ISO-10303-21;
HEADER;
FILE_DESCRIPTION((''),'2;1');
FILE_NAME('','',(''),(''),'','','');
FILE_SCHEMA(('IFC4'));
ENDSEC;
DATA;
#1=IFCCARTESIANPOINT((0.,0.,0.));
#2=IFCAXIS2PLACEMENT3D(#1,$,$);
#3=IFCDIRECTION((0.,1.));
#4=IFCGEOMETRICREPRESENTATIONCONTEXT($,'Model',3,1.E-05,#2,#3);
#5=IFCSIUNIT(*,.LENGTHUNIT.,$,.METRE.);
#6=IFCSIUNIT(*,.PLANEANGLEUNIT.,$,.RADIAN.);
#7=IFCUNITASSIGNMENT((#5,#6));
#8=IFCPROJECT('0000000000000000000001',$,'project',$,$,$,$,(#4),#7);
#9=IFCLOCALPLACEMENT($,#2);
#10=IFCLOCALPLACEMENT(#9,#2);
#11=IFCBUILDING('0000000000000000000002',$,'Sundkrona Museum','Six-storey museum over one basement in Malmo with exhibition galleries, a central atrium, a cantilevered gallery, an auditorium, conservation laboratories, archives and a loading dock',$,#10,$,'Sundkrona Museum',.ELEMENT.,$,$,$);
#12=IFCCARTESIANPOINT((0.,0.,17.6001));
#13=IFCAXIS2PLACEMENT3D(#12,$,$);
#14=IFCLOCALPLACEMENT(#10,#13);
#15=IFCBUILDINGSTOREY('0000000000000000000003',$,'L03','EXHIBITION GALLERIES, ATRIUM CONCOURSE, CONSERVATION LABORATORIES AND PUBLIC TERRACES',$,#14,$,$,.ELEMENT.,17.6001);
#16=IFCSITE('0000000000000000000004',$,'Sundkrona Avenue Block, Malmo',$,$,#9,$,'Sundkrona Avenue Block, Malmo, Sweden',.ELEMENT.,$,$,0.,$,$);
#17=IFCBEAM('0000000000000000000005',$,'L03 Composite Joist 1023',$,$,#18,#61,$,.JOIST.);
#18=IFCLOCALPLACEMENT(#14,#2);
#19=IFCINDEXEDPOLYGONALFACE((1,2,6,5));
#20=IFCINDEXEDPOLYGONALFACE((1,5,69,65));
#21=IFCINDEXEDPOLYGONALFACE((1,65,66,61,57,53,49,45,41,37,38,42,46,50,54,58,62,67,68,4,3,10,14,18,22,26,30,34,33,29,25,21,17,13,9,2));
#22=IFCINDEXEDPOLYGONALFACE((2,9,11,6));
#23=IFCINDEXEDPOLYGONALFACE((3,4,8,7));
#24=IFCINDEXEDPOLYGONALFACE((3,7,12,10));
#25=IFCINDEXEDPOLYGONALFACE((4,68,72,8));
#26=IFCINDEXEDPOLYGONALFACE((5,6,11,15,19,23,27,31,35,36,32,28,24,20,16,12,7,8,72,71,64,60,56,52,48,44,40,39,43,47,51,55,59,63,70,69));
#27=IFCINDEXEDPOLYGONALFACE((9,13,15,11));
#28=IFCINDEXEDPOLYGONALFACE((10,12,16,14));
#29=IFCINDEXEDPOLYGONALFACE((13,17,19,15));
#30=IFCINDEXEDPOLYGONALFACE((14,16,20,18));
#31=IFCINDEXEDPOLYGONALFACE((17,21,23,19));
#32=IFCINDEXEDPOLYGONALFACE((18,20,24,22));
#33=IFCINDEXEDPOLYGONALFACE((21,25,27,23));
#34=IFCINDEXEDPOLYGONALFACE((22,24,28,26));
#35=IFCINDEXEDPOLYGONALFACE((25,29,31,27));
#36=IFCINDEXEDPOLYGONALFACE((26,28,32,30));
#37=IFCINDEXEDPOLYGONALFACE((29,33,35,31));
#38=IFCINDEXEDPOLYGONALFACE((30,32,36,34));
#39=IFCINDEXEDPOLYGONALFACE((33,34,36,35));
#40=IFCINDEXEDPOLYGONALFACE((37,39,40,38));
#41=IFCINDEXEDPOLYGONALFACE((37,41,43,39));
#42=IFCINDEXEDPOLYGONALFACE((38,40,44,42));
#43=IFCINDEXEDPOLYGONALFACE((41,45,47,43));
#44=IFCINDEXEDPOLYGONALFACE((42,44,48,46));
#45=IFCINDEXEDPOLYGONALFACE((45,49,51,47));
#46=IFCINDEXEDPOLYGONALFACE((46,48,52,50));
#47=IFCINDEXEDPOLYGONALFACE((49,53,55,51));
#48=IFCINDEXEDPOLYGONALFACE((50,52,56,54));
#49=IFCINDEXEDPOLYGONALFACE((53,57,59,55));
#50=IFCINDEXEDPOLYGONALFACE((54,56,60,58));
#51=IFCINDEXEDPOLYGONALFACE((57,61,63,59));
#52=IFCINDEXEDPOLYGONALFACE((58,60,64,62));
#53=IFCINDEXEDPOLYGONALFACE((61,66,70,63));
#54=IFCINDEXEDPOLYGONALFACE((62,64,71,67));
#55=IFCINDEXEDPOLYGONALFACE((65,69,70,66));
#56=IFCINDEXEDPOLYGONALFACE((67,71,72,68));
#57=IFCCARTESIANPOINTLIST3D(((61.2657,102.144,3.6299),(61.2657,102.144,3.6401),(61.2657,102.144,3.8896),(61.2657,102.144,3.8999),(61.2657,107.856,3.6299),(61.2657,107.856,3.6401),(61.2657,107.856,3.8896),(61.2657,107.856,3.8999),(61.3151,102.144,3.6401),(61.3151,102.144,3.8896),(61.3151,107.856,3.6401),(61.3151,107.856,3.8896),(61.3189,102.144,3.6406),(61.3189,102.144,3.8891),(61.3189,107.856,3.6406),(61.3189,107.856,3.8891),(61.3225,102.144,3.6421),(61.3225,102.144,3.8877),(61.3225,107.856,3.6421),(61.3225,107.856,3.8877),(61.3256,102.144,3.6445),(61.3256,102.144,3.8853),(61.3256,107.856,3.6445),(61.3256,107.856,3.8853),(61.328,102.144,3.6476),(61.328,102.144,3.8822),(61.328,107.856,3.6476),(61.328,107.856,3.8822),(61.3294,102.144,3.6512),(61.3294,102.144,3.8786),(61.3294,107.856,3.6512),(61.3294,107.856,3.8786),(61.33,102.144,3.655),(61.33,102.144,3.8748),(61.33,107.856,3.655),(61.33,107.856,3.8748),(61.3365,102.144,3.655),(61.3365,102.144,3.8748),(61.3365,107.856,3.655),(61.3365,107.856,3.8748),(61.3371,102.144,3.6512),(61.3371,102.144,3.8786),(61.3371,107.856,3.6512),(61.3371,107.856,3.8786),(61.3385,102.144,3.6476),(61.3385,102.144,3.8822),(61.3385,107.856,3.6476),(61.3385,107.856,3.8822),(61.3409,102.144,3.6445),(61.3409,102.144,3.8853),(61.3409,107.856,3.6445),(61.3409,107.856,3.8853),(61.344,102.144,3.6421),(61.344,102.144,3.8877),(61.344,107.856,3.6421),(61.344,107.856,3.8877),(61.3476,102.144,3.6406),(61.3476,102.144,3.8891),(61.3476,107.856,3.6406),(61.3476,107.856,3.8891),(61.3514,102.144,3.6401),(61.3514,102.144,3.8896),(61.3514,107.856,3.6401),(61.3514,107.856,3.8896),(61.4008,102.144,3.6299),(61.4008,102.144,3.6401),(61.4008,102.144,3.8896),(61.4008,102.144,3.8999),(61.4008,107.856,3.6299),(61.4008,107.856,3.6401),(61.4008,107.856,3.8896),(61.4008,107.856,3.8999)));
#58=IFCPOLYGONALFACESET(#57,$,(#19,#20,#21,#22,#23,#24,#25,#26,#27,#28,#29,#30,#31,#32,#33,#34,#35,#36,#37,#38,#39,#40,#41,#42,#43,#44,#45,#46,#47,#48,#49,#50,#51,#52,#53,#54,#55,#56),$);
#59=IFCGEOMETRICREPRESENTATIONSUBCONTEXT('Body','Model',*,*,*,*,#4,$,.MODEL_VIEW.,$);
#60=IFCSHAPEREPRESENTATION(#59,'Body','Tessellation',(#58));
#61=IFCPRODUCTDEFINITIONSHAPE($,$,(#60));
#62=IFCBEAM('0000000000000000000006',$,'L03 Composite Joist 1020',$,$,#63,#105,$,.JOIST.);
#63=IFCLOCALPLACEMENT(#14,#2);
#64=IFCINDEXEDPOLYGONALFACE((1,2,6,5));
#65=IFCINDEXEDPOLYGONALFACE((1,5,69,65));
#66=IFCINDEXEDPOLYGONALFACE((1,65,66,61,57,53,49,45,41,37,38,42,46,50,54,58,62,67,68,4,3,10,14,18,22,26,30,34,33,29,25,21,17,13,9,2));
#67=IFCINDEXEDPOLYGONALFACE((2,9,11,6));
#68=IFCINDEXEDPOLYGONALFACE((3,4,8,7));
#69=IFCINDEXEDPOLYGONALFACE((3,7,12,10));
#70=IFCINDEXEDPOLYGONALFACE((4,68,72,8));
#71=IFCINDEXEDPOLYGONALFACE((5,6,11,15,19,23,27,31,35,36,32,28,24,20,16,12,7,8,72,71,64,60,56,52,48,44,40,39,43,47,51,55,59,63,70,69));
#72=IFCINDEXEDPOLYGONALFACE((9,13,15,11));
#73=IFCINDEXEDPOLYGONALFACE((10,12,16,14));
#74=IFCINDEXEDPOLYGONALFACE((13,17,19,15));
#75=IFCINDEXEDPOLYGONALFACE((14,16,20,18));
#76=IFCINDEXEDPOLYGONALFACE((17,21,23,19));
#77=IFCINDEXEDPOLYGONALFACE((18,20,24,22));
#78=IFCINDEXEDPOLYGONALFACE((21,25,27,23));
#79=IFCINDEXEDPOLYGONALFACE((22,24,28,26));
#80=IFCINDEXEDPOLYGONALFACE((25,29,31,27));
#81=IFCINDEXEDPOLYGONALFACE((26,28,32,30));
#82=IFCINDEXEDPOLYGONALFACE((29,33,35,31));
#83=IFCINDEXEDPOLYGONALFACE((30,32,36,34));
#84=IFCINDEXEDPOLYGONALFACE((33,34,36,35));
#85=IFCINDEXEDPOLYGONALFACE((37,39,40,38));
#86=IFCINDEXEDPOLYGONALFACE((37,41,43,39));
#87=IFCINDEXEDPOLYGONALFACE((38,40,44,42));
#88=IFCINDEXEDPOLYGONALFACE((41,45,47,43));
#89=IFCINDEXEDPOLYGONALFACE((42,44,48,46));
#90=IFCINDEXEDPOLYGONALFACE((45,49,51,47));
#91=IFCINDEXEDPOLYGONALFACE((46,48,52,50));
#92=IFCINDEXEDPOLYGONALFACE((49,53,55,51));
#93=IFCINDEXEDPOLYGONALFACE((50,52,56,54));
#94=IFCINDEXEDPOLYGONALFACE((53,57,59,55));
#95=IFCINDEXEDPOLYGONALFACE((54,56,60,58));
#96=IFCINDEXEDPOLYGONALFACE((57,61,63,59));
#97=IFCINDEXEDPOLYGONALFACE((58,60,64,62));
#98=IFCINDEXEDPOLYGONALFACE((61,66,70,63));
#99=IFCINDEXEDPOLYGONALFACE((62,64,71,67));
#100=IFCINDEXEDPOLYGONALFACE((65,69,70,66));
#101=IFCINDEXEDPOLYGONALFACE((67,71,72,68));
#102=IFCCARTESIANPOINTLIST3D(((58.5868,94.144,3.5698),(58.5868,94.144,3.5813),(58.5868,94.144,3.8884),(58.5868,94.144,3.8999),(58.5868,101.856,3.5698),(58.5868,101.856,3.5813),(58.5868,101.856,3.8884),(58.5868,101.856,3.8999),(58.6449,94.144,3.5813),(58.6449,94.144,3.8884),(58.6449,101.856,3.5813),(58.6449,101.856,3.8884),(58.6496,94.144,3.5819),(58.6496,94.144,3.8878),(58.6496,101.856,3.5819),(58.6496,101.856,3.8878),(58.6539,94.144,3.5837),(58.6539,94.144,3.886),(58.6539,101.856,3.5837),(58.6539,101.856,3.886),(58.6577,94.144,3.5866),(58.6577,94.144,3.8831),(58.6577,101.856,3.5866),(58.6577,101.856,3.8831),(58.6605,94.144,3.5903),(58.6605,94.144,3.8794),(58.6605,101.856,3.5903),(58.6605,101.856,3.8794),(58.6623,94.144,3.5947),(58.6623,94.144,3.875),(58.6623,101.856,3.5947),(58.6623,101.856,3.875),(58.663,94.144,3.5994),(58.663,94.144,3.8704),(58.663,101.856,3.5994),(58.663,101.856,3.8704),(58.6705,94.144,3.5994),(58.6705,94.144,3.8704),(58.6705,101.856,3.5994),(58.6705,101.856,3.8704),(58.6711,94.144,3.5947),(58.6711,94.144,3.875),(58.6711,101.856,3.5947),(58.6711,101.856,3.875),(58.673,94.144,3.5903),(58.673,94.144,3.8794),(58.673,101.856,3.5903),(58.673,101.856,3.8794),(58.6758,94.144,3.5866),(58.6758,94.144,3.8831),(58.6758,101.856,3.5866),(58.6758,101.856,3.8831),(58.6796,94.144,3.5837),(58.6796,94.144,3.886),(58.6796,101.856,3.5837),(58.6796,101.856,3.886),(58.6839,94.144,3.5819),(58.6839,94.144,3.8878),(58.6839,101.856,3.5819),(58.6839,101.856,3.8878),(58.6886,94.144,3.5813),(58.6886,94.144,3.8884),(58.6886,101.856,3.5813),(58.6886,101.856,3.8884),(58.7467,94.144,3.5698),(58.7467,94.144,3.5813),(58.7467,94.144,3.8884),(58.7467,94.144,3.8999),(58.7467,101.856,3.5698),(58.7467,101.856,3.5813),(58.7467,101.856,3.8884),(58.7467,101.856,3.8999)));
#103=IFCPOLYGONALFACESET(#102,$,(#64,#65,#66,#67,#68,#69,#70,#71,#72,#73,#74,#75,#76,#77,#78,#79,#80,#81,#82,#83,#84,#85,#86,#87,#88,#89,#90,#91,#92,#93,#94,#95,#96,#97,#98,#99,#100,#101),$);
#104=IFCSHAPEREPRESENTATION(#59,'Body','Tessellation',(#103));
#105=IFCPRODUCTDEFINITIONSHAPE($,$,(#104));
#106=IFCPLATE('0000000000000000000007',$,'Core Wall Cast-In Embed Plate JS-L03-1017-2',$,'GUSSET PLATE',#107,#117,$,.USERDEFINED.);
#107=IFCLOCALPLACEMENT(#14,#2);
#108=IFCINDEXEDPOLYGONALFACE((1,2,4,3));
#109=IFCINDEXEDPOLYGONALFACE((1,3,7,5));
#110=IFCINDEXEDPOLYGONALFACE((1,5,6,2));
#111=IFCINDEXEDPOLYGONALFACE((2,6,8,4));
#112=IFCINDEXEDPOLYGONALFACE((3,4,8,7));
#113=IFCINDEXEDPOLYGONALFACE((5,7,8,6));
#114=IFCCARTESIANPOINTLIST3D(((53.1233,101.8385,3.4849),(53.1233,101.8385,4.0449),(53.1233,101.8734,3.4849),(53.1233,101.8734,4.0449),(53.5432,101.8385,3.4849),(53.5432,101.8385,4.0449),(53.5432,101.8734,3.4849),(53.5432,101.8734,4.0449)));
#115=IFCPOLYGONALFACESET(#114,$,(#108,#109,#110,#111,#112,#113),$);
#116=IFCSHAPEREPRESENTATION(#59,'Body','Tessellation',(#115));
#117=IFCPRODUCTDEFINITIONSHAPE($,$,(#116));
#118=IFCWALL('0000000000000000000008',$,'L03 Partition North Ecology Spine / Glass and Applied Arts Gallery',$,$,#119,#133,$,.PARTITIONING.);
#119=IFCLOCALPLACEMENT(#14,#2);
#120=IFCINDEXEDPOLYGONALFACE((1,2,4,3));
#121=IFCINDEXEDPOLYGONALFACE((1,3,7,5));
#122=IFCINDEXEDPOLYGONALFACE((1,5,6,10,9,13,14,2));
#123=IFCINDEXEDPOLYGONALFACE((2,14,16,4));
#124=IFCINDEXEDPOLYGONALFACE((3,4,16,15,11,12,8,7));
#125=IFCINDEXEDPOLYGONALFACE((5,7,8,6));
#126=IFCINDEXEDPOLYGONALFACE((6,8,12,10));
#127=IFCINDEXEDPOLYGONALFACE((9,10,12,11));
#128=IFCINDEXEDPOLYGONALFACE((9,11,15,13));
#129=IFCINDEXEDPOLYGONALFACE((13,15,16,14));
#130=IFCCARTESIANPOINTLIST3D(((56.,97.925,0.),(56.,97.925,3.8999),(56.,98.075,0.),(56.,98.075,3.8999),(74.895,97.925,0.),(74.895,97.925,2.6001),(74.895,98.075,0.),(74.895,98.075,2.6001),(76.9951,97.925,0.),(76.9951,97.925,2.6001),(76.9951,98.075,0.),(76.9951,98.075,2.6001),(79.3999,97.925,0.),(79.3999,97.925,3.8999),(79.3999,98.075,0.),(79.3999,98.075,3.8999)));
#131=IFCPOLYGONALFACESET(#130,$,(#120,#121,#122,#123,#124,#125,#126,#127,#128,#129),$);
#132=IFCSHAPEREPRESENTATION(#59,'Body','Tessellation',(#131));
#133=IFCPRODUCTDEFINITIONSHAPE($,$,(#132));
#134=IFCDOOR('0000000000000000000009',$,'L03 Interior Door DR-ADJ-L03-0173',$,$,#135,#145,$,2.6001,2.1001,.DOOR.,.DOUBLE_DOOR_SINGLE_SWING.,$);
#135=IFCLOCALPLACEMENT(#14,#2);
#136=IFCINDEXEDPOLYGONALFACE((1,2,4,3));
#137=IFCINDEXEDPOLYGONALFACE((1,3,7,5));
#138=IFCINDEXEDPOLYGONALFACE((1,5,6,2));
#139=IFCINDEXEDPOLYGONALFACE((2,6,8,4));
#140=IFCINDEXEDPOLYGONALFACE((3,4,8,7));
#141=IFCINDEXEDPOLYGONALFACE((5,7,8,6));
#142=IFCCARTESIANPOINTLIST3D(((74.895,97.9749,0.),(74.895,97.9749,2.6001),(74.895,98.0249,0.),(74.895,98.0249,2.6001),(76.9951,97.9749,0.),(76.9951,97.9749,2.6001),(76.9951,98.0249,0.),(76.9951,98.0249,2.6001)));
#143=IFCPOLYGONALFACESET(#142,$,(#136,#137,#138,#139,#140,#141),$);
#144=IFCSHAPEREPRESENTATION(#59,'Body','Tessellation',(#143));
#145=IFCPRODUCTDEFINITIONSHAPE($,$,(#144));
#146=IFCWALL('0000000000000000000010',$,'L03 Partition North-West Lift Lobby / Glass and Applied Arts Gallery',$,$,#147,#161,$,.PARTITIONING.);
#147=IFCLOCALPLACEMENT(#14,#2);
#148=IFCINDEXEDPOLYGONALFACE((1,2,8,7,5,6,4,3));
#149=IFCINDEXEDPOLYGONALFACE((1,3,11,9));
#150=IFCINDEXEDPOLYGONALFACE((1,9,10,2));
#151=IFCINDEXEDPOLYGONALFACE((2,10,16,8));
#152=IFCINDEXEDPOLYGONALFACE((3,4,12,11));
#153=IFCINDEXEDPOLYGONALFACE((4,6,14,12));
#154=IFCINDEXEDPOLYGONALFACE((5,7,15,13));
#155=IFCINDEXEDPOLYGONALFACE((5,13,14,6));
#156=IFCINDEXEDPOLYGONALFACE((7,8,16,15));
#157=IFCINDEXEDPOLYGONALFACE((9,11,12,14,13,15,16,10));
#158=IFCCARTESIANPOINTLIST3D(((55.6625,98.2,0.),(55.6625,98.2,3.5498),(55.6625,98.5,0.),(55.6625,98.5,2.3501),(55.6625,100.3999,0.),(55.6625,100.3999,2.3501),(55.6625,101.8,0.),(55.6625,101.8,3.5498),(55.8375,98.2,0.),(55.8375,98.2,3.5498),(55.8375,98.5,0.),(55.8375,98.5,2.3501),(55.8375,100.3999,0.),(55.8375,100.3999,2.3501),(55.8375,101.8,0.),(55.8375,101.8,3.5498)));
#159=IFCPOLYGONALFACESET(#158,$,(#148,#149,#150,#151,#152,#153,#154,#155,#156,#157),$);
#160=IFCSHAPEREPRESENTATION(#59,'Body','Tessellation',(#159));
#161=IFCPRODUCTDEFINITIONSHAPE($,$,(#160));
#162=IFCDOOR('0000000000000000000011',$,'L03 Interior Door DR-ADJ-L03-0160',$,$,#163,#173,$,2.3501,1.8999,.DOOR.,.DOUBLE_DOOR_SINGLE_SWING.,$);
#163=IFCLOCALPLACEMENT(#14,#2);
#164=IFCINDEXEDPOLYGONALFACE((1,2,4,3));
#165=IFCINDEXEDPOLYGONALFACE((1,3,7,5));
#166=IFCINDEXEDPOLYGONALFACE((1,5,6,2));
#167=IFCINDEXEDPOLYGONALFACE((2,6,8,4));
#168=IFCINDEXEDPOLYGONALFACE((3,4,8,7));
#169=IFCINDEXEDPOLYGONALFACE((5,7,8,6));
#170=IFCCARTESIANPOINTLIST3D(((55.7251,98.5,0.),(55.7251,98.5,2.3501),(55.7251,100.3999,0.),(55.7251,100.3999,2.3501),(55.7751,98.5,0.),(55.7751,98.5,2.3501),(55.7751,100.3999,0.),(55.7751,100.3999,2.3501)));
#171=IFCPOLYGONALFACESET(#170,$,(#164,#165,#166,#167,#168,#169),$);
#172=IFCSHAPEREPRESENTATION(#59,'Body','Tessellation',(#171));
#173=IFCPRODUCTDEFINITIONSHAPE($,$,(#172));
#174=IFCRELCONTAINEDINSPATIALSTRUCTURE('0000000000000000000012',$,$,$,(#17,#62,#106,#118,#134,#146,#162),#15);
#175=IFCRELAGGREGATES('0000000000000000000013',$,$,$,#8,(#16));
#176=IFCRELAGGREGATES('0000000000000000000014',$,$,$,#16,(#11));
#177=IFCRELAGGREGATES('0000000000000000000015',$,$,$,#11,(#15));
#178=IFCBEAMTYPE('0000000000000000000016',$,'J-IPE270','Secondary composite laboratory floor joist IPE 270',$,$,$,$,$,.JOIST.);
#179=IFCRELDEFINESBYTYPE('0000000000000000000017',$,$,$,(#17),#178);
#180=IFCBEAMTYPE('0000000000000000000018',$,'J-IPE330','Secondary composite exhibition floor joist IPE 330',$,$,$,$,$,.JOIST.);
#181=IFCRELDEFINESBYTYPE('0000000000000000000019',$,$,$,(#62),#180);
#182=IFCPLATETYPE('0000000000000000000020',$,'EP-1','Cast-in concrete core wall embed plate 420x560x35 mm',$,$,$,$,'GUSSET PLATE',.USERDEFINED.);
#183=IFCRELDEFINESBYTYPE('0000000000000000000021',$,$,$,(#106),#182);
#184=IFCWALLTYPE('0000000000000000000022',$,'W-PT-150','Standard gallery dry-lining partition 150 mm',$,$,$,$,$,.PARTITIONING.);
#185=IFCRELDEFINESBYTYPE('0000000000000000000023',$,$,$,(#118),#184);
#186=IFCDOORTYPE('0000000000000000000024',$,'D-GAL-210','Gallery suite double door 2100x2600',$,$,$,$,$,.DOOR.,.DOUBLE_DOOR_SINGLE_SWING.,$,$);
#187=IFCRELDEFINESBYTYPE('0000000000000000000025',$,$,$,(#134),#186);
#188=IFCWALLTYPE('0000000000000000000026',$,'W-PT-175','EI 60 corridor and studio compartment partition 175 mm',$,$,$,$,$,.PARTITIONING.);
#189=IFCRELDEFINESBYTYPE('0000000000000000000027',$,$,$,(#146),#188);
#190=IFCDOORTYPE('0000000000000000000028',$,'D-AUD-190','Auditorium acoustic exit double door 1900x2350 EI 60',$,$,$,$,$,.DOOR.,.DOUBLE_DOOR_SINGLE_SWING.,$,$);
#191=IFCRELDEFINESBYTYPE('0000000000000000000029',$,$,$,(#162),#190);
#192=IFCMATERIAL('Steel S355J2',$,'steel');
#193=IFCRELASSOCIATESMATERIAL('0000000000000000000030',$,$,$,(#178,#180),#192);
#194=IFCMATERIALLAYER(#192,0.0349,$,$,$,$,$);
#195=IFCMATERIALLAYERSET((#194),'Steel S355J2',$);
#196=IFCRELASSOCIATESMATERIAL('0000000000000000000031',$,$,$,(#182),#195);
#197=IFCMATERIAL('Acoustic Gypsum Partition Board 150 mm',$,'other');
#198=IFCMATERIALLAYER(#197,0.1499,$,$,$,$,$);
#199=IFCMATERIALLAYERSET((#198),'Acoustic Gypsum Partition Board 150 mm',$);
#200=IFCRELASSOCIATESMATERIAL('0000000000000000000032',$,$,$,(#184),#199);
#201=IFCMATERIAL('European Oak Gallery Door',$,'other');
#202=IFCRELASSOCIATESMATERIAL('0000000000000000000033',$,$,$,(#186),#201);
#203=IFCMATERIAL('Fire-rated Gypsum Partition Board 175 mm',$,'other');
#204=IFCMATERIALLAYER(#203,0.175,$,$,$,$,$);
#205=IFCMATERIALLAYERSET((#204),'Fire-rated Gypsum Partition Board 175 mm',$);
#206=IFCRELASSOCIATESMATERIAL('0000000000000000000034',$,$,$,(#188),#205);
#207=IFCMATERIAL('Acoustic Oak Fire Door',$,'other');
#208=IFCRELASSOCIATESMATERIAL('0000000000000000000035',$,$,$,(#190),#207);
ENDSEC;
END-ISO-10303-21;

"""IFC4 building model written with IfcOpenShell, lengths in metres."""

from ifc_helpers import new_model, si_unit, direction, frame, frame_2d, origin, origin_2d, place, context, subcontext, project, spatial, rectangle, i_section, extrude, material, layer, layer_set, material_profile, profile_set, type_object, element, fill, save


model = new_model("IFC4")

# Units and contexts
model_context = context("Model", 3, precision=1e-05, world=origin(), true_north=direction((0.0, 1.0)))
body_context = subcontext(model_context, "Body", "Model", "MODEL_VIEW")
ifc_project = project(units=[si_unit("LENGTHUNIT", "METRE"), si_unit("PLANEANGLEUNIT", "RADIAN")], contexts=[model_context])

# Site, building, storey
site_placement = place(None, origin())
site = spatial("IfcSite", under=ifc_project, at=site_placement, Name="Sundkrona Avenue Block, Malmo", LongName="Sundkrona Avenue Block, Malmo, Sweden", CompositionType="ELEMENT", RefElevation=0.0)
building_placement = place(site_placement, origin())
building = spatial("IfcBuilding", under=site, at=building_placement, Name="Sundkrona Museum", Description="Six-storey museum over one basement in Malmo with exhibition galleries, a central atrium, a cantilevered gallery, an auditorium, conservation laboratories, archives and a loading dock", LongName="Sundkrona Museum", CompositionType="ELEMENT")
storey_placement = place(building_placement, frame((0.0, 0.0, 17.6001)))
storey = spatial("IfcBuildingStorey", under=building, at=storey_placement, Name="L03", Description="EXHIBITION GALLERIES, ATRIUM CONCOURSE, CONSERVATION LABORATORIES AND PUBLIC TERRACES", CompositionType="ELEMENT", Elevation=17.6001)

# Shared definitions
ifc_material_1 = material(Name="Steel S355J2", Category="steel")

# Beams
ifc_material_profile_1 = material_profile(ifc_material_1, i_section(OverallWidth=0.135, OverallDepth=0.27, WebThickness=0.0066, FlangeThickness=0.0103, FilletRadius=0.0149, at=origin_2d()), Name="IPE 270")
ifc_profile_set_1 = profile_set([ifc_material_profile_1], Name="Steel S355J2")
beam_type_1 = type_object("IfcBeamType", Name="J-IPE270", Description="Secondary composite laboratory floor joist IPE 270", PredefinedType="JOIST", material=ifc_profile_set_1)
for number, where, z_axis, x_axis, name in (
    (1, (61.3333, 102.144, 3.7649), (0.0, 1.0, 0.0), (-1.0, 0.0, 0.0), "L03 Composite Joist 1023"),
):
    element("IfcBeam", number, at=place(storey_placement, frame(where, z_axis=z_axis, x_axis=x_axis)), inside=storey, type_object=beam_type_1, Name=name, PredefinedType="JOIST", context=body_context, shape_type="SweptSolid", body=[
        extrude(i_section(OverallWidth=0.135, OverallDepth=0.27, WebThickness=0.0066, FlangeThickness=0.0103, FilletRadius=0.0149, at=origin_2d()), origin(), (0.0, 0.0, 1.0), 5.7119),
    ])
ifc_material_profile_2 = material_profile(ifc_material_1, i_section(OverallWidth=0.1599, OverallDepth=0.3301, WebThickness=0.0076, FlangeThickness=0.0115, FilletRadius=0.0181, at=origin_2d()), Name="IPE 330")
ifc_profile_set_2 = profile_set([ifc_material_profile_2], Name="Steel S355J2")
beam_type_2 = type_object("IfcBeamType", Name="J-IPE330", Description="Secondary composite exhibition floor joist IPE 330", PredefinedType="JOIST", material=ifc_profile_set_2)
beam_1_placement = place(storey_placement, frame((58.6667, 94.144, 3.7349), z_axis=(0.0, 1.0, 0.0), x_axis=(-1.0, 0.0, 0.0)))
element("IfcBeam", 2, at=beam_1_placement, inside=storey, type_object=beam_type_2, Name="L03 Composite Joist 1020", PredefinedType="JOIST", context=body_context, shape_type="SweptSolid", body=[
    extrude(i_section(OverallWidth=0.1599, OverallDepth=0.3301, WebThickness=0.0076, FlangeThickness=0.0115, FilletRadius=0.0181, at=origin_2d()), origin(), (0.0, 0.0, 1.0), 7.7119),
])

# Plate
ifc_layer_1 = layer(ifc_material_1, 0.0349)
ifc_layer_set_1 = layer_set([ifc_layer_1], Name="Steel S355J2")
plate_type = type_object("IfcPlateType", Name="EP-1", Description="Cast-in concrete core wall embed plate 420x560x35 mm", ElementType="GUSSET PLATE", PredefinedType="USERDEFINED", material=ifc_layer_set_1)
plate_placement = place(storey_placement, frame((53.3333, 101.856, 3.4849), z_axis=(0.0, 0.0, 1.0), x_axis=(1.0, 0.0, 0.0)))
element("IfcPlate", 3, at=plate_placement, inside=storey, type_object=plate_type, Name="Core Wall Cast-In Embed Plate JS-L03-1017-2", ObjectType="GUSSET PLATE", PredefinedType="USERDEFINED", context=body_context, shape_type="SweptSolid", body=[
    extrude(rectangle(XDim=0.4199, YDim=0.0349, at=origin_2d()), origin(), (0.0, 0.0, 1.0), 0.5601),
])

# Walls, openings, doors
ifc_material_2 = material(Name="Acoustic Gypsum Partition Board 150 mm", Category="other")
ifc_layer_2 = layer(ifc_material_2, 0.1499)
ifc_layer_set_2 = layer_set([ifc_layer_2], Name="Acoustic Gypsum Partition Board 150 mm")
wall_type_1 = type_object("IfcWallType", Name="W-PT-150", Description="Standard gallery dry-lining partition 150 mm", PredefinedType="PARTITIONING", material=ifc_layer_set_2)
wall_1_placement = place(storey_placement, frame((56.0, 98.0, 0.0), z_axis=(0.0, 0.0, 1.0), x_axis=(1.0, 0.0, 0.0)))
wall_1 = element("IfcWall", 4, at=wall_1_placement, inside=storey, type_object=wall_type_1, Name="L03 Partition North Ecology Spine / Glass and Applied Arts Gallery", PredefinedType="PARTITIONING", context=body_context, shape_type="SweptSolid", body=[
    extrude(rectangle(XDim=23.3999, YDim=0.1499, at=frame_2d((11.7, 0.0))), origin(), (0.0, 0.0, 1.0), 3.8999),
])
opening_1_placement = place(wall_1_placement, frame((18.895, 0.0, 0.0)))
opening_1 = element("IfcOpeningElement", 5, at=opening_1_placement, cuts=wall_1, PredefinedType="OPENING", context=body_context, shape_type="SweptSolid", body=[
    extrude(rectangle(XDim=2.1001, YDim=2.6001, at=frame_2d((1.05, 1.3))), frame((0.0, 0.085, 0.0), z_axis=(0.0, -1.0, 0.0), x_axis=(1.0, 0.0, 0.0)), (0.0, 0.0, 1.0), 0.1699),
])
ifc_material_3 = material(Name="European Oak Gallery Door", Category="other")
door_type_1 = type_object("IfcDoorType", Name="D-GAL-210", Description="Gallery suite double door 2100x2600", OperationType="DOUBLE_DOOR_SINGLE_SWING", PredefinedType="DOOR", material=ifc_material_3)
door_1_placement = place(opening_1_placement, origin())
door_1 = element("IfcDoor", 6, at=door_1_placement, inside=storey, type_object=door_type_1, Name="L03 Interior Door DR-ADJ-L03-0173", OperationType="DOUBLE_DOOR_SINGLE_SWING", OverallHeight=2.6001, OverallWidth=2.1001, PredefinedType="DOOR", context=body_context, shape_type="SweptSolid", body=[
    extrude(rectangle(XDim=2.1001, YDim=2.6001, at=frame_2d((1.05, 1.3))), frame((0.0, 0.0249, 0.0), z_axis=(0.0, -1.0, 0.0), x_axis=(1.0, 0.0, 0.0)), (0.0, 0.0, 1.0), 0.05),
])
fill(opening_1, door_1)
ifc_material_4 = material(Name="Fire-rated Gypsum Partition Board 175 mm", Category="other")
ifc_layer_3 = layer(ifc_material_4, 0.175)
ifc_layer_set_3 = layer_set([ifc_layer_3], Name="Fire-rated Gypsum Partition Board 175 mm")
wall_type_2 = type_object("IfcWallType", Name="W-PT-175", Description="EI 60 corridor and studio compartment partition 175 mm", PredefinedType="PARTITIONING", material=ifc_layer_set_3)
wall_2_placement = place(storey_placement, frame((55.75, 98.2, 0.0), z_axis=(0.0, 0.0, 1.0), x_axis=(0.0, 1.0, 0.0)))
wall_2 = element("IfcWall", 7, at=wall_2_placement, inside=storey, type_object=wall_type_2, Name="L03 Partition North-West Lift Lobby / Glass and Applied Arts Gallery", PredefinedType="PARTITIONING", context=body_context, shape_type="SweptSolid", body=[
    extrude(rectangle(XDim=3.6001, YDim=0.175, at=frame_2d((1.8, 0.0))), origin(), (0.0, 0.0, 1.0), 3.5498),
])
opening_2_placement = place(wall_2_placement, frame((0.3, 0.0, 0.0)))
opening_2 = element("IfcOpeningElement", 8, at=opening_2_placement, cuts=wall_2, PredefinedType="OPENING", context=body_context, shape_type="SweptSolid", body=[
    extrude(rectangle(XDim=1.8999, YDim=2.3501, at=frame_2d((0.95, 1.175))), frame((0.0, 0.0974, 0.0), z_axis=(0.0, -1.0, 0.0), x_axis=(1.0, 0.0, 0.0)), (0.0, 0.0, 1.0), 0.1951),
])
ifc_material_5 = material(Name="Acoustic Oak Fire Door", Category="other")
door_type_2 = type_object("IfcDoorType", Name="D-AUD-190", Description="Auditorium acoustic exit double door 1900x2350 EI 60", OperationType="DOUBLE_DOOR_SINGLE_SWING", PredefinedType="DOOR", material=ifc_material_5)
door_2_placement = place(opening_2_placement, origin())
door_2 = element("IfcDoor", 9, at=door_2_placement, inside=storey, type_object=door_type_2, Name="L03 Interior Door DR-ADJ-L03-0160", OperationType="DOUBLE_DOOR_SINGLE_SWING", OverallHeight=2.3501, OverallWidth=1.8999, PredefinedType="DOOR", context=body_context, shape_type="SweptSolid", body=[
    extrude(rectangle(XDim=1.8999, YDim=2.3501, at=frame_2d((0.95, 1.175))), frame((0.0, 0.0249, 0.0), z_axis=(0.0, -1.0, 0.0), x_axis=(1.0, 0.0, 0.0)), (0.0, 0.0, 1.0), 0.05),
])
fill(opening_2, door_2)

save(model, "model.ifc")
